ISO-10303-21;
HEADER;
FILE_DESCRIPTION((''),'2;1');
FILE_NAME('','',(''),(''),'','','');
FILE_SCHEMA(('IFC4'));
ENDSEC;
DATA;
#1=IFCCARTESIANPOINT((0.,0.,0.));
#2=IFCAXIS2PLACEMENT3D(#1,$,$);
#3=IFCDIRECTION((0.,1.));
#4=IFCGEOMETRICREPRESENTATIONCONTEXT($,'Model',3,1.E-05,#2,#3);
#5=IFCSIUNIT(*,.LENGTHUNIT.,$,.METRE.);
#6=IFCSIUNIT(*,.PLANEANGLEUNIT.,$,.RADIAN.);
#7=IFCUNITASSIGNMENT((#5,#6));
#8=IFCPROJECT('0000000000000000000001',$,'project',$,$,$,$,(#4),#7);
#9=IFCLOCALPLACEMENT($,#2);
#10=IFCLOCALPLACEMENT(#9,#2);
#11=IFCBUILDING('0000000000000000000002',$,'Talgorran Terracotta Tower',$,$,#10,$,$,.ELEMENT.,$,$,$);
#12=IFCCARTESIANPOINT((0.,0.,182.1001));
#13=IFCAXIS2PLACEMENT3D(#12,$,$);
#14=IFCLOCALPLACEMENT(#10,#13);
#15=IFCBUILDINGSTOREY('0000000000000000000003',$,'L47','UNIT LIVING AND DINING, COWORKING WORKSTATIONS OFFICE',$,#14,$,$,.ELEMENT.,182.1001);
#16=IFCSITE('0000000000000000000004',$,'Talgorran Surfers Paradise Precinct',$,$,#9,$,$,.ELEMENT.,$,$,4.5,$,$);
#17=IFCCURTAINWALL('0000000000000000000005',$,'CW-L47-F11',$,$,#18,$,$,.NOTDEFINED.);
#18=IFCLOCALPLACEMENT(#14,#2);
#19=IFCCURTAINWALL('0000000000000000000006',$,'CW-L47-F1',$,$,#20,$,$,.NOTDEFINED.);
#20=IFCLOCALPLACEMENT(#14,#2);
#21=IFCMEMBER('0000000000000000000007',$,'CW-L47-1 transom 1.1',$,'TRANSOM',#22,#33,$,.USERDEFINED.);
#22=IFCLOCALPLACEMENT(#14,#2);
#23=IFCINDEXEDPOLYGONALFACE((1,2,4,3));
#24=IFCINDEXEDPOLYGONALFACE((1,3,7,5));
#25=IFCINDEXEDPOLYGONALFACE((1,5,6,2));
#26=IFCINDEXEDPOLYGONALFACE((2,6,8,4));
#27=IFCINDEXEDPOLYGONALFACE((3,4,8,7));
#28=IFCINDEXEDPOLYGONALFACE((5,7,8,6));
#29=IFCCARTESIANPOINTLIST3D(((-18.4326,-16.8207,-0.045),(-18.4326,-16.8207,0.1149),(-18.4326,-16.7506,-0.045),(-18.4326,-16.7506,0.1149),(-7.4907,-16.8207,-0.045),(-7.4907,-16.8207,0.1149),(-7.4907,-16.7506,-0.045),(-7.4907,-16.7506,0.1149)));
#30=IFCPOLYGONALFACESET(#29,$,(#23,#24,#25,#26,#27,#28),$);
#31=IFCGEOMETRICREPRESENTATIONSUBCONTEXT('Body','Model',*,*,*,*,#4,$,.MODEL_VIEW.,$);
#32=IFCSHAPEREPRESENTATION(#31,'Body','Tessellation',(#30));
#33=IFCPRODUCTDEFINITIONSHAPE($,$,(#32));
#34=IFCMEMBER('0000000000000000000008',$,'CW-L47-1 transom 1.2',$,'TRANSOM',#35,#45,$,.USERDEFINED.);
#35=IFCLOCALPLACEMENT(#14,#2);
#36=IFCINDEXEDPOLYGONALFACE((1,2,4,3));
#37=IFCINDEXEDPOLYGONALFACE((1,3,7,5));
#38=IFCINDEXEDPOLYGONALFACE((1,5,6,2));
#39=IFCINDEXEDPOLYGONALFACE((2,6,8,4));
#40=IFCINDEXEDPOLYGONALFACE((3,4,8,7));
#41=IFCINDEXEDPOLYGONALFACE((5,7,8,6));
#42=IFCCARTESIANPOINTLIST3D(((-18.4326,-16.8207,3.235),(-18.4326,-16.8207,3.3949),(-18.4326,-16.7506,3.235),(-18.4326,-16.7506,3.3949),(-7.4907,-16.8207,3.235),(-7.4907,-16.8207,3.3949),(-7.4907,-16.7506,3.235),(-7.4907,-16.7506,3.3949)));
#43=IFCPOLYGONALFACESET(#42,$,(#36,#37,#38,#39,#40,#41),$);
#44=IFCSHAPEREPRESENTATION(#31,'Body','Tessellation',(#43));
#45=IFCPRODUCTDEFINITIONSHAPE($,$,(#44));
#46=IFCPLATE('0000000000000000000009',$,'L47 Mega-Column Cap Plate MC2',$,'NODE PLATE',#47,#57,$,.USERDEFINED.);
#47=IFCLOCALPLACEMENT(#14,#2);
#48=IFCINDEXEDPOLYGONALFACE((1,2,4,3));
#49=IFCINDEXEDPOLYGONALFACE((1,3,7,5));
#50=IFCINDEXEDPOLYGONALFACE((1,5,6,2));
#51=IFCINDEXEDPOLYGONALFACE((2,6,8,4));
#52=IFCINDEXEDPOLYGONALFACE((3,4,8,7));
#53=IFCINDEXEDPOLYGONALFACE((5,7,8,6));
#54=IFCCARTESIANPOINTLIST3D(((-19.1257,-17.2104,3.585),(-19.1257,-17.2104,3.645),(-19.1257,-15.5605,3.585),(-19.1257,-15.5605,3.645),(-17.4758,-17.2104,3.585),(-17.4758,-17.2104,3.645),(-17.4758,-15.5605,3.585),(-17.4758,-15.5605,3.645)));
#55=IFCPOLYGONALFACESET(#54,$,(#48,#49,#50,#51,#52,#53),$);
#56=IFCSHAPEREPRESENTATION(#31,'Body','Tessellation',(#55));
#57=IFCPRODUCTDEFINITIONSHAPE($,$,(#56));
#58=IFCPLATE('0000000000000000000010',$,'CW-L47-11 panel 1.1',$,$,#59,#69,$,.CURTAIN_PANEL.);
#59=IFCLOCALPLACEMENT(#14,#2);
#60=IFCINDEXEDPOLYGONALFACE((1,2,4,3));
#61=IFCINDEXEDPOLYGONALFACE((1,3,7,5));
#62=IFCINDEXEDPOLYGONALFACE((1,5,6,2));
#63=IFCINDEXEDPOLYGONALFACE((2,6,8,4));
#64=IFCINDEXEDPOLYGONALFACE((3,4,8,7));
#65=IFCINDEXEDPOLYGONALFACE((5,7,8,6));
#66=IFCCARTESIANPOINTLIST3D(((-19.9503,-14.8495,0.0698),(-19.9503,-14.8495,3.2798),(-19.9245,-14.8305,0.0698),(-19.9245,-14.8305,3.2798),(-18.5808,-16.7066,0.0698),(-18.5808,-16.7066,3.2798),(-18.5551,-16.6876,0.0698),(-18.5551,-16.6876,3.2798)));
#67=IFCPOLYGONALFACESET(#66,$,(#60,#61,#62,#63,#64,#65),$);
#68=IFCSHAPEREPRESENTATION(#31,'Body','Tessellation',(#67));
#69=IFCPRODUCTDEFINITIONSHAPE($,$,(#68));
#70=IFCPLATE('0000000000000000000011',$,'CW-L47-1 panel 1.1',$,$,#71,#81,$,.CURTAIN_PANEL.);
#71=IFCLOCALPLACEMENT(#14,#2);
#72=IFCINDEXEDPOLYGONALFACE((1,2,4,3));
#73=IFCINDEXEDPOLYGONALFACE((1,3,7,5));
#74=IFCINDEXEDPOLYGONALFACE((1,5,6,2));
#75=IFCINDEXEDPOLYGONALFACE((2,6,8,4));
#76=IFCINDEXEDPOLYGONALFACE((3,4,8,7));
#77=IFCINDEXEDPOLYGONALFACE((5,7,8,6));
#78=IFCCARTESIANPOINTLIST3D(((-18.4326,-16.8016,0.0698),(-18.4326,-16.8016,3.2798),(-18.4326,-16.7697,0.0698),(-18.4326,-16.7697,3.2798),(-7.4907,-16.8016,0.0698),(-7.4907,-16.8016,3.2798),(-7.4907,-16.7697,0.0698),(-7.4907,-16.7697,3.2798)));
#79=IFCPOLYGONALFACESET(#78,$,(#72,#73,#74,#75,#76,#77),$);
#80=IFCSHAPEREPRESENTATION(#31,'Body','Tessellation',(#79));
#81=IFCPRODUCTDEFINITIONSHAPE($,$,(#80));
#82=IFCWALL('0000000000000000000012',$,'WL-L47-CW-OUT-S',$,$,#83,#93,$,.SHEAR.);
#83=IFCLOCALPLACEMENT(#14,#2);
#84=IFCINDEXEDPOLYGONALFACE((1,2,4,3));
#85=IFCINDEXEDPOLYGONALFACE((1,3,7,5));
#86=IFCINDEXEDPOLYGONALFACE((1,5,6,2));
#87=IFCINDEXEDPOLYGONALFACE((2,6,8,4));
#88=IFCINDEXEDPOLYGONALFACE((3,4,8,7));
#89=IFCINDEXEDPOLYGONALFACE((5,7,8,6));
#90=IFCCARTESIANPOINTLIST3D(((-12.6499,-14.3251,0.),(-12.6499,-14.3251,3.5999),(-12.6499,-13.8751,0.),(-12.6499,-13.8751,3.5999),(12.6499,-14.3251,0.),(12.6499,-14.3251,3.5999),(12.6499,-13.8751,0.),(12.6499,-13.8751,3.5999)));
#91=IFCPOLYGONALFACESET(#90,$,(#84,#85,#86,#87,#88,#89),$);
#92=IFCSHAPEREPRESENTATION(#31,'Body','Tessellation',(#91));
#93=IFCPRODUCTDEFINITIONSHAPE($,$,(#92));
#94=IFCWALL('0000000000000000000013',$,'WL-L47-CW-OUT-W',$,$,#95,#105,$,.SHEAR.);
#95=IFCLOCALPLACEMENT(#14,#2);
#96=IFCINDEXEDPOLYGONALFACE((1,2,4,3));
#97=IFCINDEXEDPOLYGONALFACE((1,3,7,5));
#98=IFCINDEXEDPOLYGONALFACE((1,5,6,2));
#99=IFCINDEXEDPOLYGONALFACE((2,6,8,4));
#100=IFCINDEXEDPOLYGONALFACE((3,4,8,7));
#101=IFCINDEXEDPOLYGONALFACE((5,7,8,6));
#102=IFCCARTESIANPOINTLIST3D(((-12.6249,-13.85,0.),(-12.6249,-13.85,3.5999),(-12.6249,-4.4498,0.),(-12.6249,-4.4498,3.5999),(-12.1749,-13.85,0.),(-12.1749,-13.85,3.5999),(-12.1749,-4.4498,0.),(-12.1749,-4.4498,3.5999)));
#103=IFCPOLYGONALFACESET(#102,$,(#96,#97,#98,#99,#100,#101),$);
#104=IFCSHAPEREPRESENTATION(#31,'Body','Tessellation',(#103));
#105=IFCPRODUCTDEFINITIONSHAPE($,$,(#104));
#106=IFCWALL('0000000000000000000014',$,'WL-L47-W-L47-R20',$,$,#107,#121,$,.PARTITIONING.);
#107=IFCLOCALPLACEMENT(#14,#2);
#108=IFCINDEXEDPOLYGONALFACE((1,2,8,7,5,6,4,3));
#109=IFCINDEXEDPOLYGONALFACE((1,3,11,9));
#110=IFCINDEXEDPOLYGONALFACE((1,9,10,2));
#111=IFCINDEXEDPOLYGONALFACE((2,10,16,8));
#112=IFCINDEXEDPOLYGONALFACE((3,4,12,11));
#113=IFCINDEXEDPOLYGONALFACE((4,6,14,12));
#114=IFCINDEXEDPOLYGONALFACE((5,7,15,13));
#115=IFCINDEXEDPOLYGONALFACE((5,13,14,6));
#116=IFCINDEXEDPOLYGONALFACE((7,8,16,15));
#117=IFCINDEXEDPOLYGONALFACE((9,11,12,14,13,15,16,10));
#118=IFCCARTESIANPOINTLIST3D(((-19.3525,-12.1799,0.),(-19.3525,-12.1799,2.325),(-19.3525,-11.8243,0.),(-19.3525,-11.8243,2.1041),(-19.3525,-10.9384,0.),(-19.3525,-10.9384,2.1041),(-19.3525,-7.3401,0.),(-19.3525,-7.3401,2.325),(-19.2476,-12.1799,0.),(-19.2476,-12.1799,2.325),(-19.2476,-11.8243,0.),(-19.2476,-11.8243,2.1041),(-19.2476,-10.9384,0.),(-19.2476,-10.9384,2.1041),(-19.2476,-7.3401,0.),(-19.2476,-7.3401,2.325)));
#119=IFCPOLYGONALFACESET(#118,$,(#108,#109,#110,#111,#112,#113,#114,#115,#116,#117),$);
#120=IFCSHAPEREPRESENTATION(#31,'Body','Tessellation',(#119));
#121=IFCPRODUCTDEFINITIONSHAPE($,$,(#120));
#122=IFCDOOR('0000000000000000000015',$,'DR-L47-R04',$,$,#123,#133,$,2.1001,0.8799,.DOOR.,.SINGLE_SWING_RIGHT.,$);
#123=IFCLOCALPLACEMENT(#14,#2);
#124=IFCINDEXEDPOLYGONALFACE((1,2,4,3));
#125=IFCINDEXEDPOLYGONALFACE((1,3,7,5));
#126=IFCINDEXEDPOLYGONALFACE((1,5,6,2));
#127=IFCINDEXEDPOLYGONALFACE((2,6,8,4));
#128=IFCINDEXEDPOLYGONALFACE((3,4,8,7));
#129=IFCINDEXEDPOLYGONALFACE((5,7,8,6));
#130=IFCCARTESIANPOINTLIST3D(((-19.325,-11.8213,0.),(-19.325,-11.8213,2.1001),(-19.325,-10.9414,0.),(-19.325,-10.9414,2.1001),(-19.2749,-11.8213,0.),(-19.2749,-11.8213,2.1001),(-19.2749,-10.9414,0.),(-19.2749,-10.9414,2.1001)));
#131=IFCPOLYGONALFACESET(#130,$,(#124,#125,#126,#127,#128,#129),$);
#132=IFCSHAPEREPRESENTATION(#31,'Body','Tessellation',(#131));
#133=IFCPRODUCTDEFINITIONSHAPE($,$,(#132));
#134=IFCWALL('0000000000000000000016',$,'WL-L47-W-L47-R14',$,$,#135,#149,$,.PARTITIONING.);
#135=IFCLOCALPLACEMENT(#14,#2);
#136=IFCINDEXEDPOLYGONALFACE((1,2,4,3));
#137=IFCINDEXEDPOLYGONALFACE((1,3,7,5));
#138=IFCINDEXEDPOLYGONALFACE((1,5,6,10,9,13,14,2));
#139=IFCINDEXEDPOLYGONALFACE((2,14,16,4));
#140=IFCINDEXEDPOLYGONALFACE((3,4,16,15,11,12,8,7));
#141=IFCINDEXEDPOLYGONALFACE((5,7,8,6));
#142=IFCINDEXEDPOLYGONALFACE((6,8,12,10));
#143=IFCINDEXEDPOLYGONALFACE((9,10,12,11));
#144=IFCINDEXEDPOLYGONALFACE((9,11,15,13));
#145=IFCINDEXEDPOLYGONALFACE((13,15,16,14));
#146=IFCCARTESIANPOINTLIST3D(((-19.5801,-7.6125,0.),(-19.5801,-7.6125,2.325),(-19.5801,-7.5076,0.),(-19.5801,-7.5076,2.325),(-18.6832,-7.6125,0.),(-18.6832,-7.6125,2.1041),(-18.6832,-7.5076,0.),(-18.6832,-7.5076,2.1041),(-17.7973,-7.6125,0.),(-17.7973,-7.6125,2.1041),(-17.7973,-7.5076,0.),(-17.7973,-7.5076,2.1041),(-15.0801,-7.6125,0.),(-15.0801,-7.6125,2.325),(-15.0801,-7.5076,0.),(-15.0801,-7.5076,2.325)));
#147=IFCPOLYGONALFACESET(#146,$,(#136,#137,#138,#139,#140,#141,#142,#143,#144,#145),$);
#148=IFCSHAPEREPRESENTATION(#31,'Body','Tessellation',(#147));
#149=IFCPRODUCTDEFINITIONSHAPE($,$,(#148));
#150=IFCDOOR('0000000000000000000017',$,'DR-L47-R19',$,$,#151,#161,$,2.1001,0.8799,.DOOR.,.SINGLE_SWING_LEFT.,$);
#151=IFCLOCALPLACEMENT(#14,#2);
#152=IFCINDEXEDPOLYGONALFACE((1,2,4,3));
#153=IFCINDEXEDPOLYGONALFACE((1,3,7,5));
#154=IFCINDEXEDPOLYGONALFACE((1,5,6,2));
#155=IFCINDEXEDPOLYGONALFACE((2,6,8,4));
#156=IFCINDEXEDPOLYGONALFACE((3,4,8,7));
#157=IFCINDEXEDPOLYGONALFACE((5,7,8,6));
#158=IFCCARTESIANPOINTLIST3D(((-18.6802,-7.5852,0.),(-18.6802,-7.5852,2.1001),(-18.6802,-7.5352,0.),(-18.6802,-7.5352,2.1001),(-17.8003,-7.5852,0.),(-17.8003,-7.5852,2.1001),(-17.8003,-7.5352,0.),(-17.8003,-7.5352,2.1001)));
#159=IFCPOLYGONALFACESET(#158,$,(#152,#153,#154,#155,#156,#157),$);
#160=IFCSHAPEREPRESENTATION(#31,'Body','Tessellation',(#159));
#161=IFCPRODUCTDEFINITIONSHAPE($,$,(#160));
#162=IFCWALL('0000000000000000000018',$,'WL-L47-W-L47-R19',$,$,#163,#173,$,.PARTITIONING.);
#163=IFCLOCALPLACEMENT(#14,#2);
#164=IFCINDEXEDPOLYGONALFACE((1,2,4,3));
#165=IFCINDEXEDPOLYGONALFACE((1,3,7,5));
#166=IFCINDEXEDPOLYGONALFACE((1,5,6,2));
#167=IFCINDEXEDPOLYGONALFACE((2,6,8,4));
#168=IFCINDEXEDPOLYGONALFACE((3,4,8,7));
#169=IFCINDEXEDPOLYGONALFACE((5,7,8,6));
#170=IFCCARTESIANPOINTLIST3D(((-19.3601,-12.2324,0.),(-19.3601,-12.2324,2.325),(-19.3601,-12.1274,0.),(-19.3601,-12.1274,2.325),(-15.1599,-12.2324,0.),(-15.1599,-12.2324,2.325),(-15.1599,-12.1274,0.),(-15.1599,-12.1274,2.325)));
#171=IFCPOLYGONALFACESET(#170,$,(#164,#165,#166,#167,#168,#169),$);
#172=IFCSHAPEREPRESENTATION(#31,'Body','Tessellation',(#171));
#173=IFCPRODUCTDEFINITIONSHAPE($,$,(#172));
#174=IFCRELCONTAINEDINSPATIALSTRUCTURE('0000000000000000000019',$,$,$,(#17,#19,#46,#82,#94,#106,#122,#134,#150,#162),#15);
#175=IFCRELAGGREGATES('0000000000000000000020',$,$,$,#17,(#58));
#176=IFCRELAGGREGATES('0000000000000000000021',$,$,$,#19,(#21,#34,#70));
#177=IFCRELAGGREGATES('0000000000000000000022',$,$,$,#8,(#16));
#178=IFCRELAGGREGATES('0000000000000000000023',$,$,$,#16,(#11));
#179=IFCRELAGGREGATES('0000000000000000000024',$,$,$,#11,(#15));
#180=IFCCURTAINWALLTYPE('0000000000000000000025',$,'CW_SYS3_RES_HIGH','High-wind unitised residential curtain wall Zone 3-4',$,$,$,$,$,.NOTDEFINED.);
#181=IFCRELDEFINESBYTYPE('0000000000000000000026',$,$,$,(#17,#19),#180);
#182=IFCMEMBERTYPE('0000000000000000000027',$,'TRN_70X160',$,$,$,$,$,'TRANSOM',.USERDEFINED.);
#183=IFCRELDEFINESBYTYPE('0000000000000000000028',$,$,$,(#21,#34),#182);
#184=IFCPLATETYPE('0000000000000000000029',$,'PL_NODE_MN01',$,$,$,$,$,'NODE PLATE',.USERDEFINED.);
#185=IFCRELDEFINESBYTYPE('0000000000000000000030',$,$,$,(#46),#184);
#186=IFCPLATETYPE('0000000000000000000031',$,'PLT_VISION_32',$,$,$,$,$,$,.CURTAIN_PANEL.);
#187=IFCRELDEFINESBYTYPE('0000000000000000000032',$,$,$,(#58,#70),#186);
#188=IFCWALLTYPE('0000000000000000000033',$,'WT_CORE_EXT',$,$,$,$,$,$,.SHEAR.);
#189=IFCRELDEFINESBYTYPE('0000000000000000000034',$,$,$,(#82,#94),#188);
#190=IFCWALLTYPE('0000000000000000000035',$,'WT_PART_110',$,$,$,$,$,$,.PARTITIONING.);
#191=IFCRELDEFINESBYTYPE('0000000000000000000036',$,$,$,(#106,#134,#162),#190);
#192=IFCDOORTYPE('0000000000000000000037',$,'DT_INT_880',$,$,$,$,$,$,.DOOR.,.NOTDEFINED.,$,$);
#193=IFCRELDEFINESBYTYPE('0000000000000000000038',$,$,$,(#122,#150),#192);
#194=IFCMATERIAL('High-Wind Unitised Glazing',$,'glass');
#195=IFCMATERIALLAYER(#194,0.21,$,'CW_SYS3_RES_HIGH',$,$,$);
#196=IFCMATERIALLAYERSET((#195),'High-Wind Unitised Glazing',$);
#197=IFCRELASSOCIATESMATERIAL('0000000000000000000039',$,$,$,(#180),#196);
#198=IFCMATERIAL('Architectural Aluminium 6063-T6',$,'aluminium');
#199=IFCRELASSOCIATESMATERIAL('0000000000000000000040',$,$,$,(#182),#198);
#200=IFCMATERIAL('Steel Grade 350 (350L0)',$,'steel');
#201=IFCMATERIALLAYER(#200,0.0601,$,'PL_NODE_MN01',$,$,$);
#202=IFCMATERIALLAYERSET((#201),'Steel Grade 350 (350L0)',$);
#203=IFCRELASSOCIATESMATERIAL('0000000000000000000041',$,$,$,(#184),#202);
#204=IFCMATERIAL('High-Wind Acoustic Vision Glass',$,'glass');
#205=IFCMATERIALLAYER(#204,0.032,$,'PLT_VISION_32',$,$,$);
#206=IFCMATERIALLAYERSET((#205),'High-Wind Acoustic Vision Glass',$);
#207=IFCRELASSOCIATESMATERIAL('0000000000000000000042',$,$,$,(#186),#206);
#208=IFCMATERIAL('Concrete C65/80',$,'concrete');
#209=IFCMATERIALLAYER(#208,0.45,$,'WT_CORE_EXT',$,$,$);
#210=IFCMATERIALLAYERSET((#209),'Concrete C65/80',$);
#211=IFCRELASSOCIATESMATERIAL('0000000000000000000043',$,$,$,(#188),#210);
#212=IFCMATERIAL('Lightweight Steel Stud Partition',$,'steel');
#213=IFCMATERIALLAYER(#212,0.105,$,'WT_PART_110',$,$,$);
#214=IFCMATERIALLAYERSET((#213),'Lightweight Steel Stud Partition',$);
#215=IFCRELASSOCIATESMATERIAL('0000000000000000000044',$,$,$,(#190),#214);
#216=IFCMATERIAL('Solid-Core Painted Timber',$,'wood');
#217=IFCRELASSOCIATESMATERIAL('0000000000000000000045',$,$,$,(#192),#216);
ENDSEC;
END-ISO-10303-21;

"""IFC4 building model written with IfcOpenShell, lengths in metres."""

from ifc_helpers import new_model, si_unit, direction, frame, frame_2d, origin, origin_2d, place, context, subcontext, project, spatial, rectangle, extrude, source, transform, mapped, material, layer, layer_set, material_profile, profile_set, type_object, type_shapes, element, fill, aggregate, save


model = new_model("IFC4")

# Units and contexts
model_context = context("Model", 3, precision=1e-05, world=origin(), true_north=direction((0.0, 1.0)))
body_context = subcontext(model_context, "Body", "Model", "MODEL_VIEW")
ifc_project = project(units=[si_unit("LENGTHUNIT", "METRE"), si_unit("PLANEANGLEUNIT", "RADIAN")], contexts=[model_context])

# Site, building, storey
site_placement = place(None, origin())
site = spatial("IfcSite", under=ifc_project, at=site_placement, Name="Talgorran Surfers Paradise Precinct", CompositionType="ELEMENT", RefElevation=4.5)
building_placement = place(site_placement, origin())
building = spatial("IfcBuilding", under=site, at=building_placement, Name="Talgorran Terracotta Tower", CompositionType="ELEMENT")
storey_placement = place(building_placement, frame((0.0, 0.0, 182.1001)))
storey = spatial("IfcBuildingStorey", under=building, at=storey_placement, Name="L47", Description="UNIT LIVING AND DINING, COWORKING WORKSTATIONS OFFICE", CompositionType="ELEMENT", Elevation=182.1001)

# Shared definitions
ifc_material_1 = material(Name="Steel Grade 350 (350L0)", Category="steel")

# Curtain wall
ifc_material_2 = material(Name="High-Wind Unitised Glazing", Category="glass")
ifc_layer_1 = layer(ifc_material_2, 0.21, Name="CW_SYS3_RES_HIGH")
ifc_layer_set_1 = layer_set([ifc_layer_1], Name="High-Wind Unitised Glazing")
curtain_wall_type = type_object("IfcCurtainWallType", Name="CW_SYS3_RES_HIGH", Description="High-wind unitised residential curtain wall Zone 3-4", PredefinedType="NOTDEFINED", material=ifc_layer_set_1)
curtain_wall_1_placement = place(storey_placement, origin())
curtain_wall_1 = element("IfcCurtainWall", 1, at=curtain_wall_1_placement, inside=storey, type_object=curtain_wall_type, Name="CW-L47-F11", PredefinedType="NOTDEFINED")
ifc_material_3 = material(Name="Architectural Aluminium 6063-T6", Category="aluminium")

# Curtain wall, members
curtain_wall_2_placement = place(storey_placement, origin())
curtain_wall_2 = element("IfcCurtainWall", 2, at=curtain_wall_2_placement, inside=storey, type_object=curtain_wall_type, Name="CW-L47-F1", PredefinedType="NOTDEFINED")
ifc_material_profile_1 = material_profile(ifc_material_3, rectangle(XDim=0.0701, YDim=0.1599, at=origin_2d()), Name="CWT70X160")
ifc_profile_set_1 = profile_set([ifc_material_profile_1], Name="Architectural Aluminium 6063-T6")
member_type_1 = type_object("IfcMemberType", Name="TRN_70X160", ElementType="TRANSOM", PredefinedType="USERDEFINED", material=ifc_profile_set_1)
member_1_placement = place(storey_placement, frame((-18.4326, -16.7856, 0.0349), z_axis=(1.0, 0.0, 0.0), x_axis=(0.0, 1.0, 0.0)))
member_1 = element("IfcMember", 3, at=member_1_placement, type_object=member_type_1, Name="CW-L47-1 transom 1.1", ObjectType="TRANSOM", PredefinedType="USERDEFINED", context=body_context, shape_type="SweptSolid", body=[
    extrude(rectangle(XDim=0.0701, YDim=0.1599, at=origin_2d()), origin(), (0.0, 0.0, 1.0), 10.9419),
])
member_2_placement = place(storey_placement, frame((-18.4326, -16.7856, 3.3149), z_axis=(1.0, 0.0, 0.0), x_axis=(0.0, 1.0, 0.0)))
member_2 = element("IfcMember", 4, at=member_2_placement, type_object=member_type_1, Name="CW-L47-1 transom 1.2", ObjectType="TRANSOM", PredefinedType="USERDEFINED", context=body_context, shape_type="SweptSolid", body=[
    extrude(rectangle(XDim=0.0701, YDim=0.1599, at=origin_2d()), origin(), (0.0, 0.0, 1.0), 10.9419),
])

# Plates
ifc_layer_2 = layer(ifc_material_1, 0.0601, Name="PL_NODE_MN01")
ifc_layer_set_2 = layer_set([ifc_layer_2], Name="Steel Grade 350 (350L0)")
plate_type_1 = type_object("IfcPlateType", Name="PL_NODE_MN01", ElementType="NODE PLATE", PredefinedType="USERDEFINED", material=ifc_layer_set_2)
plate_1_placement = place(storey_placement, frame((-18.3008, -16.3855, 3.585), z_axis=(0.0, 0.0, 1.0), x_axis=(1.0, 0.0, 0.0)))
element("IfcPlate", 5, at=plate_1_placement, inside=storey, type_object=plate_type_1, Name="L47 Mega-Column Cap Plate MC2", ObjectType="NODE PLATE", PredefinedType="USERDEFINED", context=body_context, shape_type="SweptSolid", body=[
    extrude(rectangle(XDim=1.6499, YDim=1.6499, at=origin_2d()), origin(), (0.0, 0.0, 1.0), 0.0601),
])
ifc_material_4 = material(Name="High-Wind Acoustic Vision Glass", Category="glass")
ifc_layer_3 = layer(ifc_material_4, 0.032, Name="PLT_VISION_32")
ifc_layer_set_3 = layer_set([ifc_layer_3], Name="High-Wind Acoustic Vision Glass")
plate_type_2 = type_object("IfcPlateType", Name="PLT_VISION_32", PredefinedType="CURTAIN_PANEL", material=ifc_layer_set_3)
shared_shape_1 = source(origin(), body_context, "Body", "SweptSolid", [
    extrude(rectangle(XDim=2.3074, YDim=0.032, at=origin_2d()), origin(), (0.0, 0.0, 1.0), 3.21),
])
plate_2_placement = place(storey_placement, frame((-19.2527, -15.7686, 0.0698), z_axis=(0.0, 0.0, 1.0), x_axis=(0.593501, -0.804833, 0.0)))
plate_2 = element("IfcPlate", 6, at=plate_2_placement, type_object=plate_type_2, Name="CW-L47-11 panel 1.1", PredefinedType="CURTAIN_PANEL", context=body_context, shape_type="MappedRepresentation", body=[
    mapped(shared_shape_1, transform((0.0, 0.0, 0.0), scale=1.0)),
])
aggregate(curtain_wall_1, [plate_2])
shared_shape_2 = source(origin(), body_context, "Body", "SweptSolid", [
    extrude(rectangle(XDim=10.9419, YDim=0.032, at=origin_2d()), origin(), (0.0, 0.0, 1.0), 3.21),
])
type_shapes(plate_type_2, [shared_shape_1, shared_shape_2])
plate_3_placement = place(storey_placement, frame((-12.9617, -16.7856, 0.0698), z_axis=(0.0, 0.0, 1.0), x_axis=(1.0, 0.0, 0.0)))
plate_3 = element("IfcPlate", 7, at=plate_3_placement, type_object=plate_type_2, Name="CW-L47-1 panel 1.1", PredefinedType="CURTAIN_PANEL", context=body_context, shape_type="MappedRepresentation", body=[
    mapped(shared_shape_2, transform((0.0, 0.0, 0.0), scale=1.0)),
])
aggregate(curtain_wall_2, [member_1, member_2, plate_3])

# Walls
ifc_material_5 = material(Name="Concrete C65/80", Category="concrete")
ifc_layer_4 = layer(ifc_material_5, 0.45, Name="WT_CORE_EXT")
ifc_layer_set_4 = layer_set([ifc_layer_4], Name="Concrete C65/80")
wall_type_1 = type_object("IfcWallType", Name="WT_CORE_EXT", PredefinedType="SHEAR", material=ifc_layer_set_4)
wall_1_placement = place(storey_placement, frame((-12.6499, -14.1001, 0.0), z_axis=(0.0, 0.0, 1.0), x_axis=(1.0, 0.0, 0.0)))
element("IfcWall", 8, at=wall_1_placement, inside=storey, type_object=wall_type_1, Name="WL-L47-CW-OUT-S", PredefinedType="SHEAR", context=body_context, shape_type="SweptSolid", body=[
    extrude(rectangle(XDim=25.2998, YDim=0.45, at=frame_2d((12.6499, 0.0))), origin(), (0.0, 0.0, 1.0), 3.5999),
])
wall_2_placement = place(storey_placement, frame((-12.3999, -13.8501, 0.0), z_axis=(0.0, 0.0, 1.0), x_axis=(0.0, 1.0, 0.0)))
element("IfcWall", 9, at=wall_2_placement, inside=storey, type_object=wall_type_1, Name="WL-L47-CW-OUT-W", PredefinedType="SHEAR", context=body_context, shape_type="SweptSolid", body=[
    extrude(rectangle(XDim=9.4001, YDim=0.45, at=frame_2d((4.7002, 0.0))), origin(), (0.0, 0.0, 1.0), 3.5999),
])

# Walls, openings, doors
ifc_material_6 = material(Name="Lightweight Steel Stud Partition", Category="steel")
ifc_layer_5 = layer(ifc_material_6, 0.105, Name="WT_PART_110")
ifc_layer_set_5 = layer_set([ifc_layer_5], Name="Lightweight Steel Stud Partition")
wall_type_2 = type_object("IfcWallType", Name="WT_PART_110", PredefinedType="PARTITIONING", material=ifc_layer_set_5)
wall_3_placement = place(storey_placement, frame((-19.3, -12.1799, 0.0), z_axis=(0.0, 0.0, 1.0), x_axis=(0.0, 1.0, 0.0)))
wall_3 = element("IfcWall", 10, at=wall_3_placement, inside=storey, type_object=wall_type_2, Name="WL-L47-W-L47-R20", PredefinedType="PARTITIONING", context=body_context, shape_type="SweptSolid", body=[
    extrude(rectangle(XDim=4.8398, YDim=0.105, at=frame_2d((2.4199, 0.0))), origin(), (0.0, 0.0, 1.0), 2.325),
])
opening_1_placement = place(wall_3_placement, frame((0.3586, 0.0, 0.0)))
opening_1 = element("IfcOpeningElement", 11, at=opening_1_placement, cuts=wall_3, PredefinedType="OPENING", context=body_context, shape_type="SweptSolid", body=[
    extrude(rectangle(XDim=0.8859, YDim=2.1041, at=frame_2d((0.4399, 1.052))), frame((0.0, 0.0625, 0.0), z_axis=(0.0, -1.0, 0.0), x_axis=(1.0, 0.0, 0.0)), (0.0, 0.0, 1.0), 0.125),
])
ifc_material_7 = material(Name="Solid-Core Painted Timber", Category="wood")
door_type_1 = type_object("IfcDoorType", Name="DT_INT_880", OperationType="NOTDEFINED", PredefinedType="DOOR", material=ifc_material_7)
door_1_placement = place(opening_1_placement, origin())
door_1 = element("IfcDoor", 12, at=door_1_placement, inside=storey, type_object=door_type_1, Name="DR-L47-R04", OperationType="SINGLE_SWING_RIGHT", OverallHeight=2.1001, OverallWidth=0.8799, PredefinedType="DOOR", context=body_context, shape_type="SweptSolid", body=[
    extrude(rectangle(XDim=0.8799, YDim=2.1001, at=frame_2d((0.4399, 1.05))), frame((0.0, 0.0249, 0.0), z_axis=(0.0, -1.0, 0.0), x_axis=(1.0, 0.0, 0.0)), (0.0, 0.0, 1.0), 0.05),
])
fill(opening_1, door_1)
wall_4_placement = place(storey_placement, frame((-19.5801, -7.5601, 0.0), z_axis=(0.0, 0.0, 1.0), x_axis=(1.0, 0.0, 0.0)))
wall_4 = element("IfcWall", 13, at=wall_4_placement, inside=storey, type_object=wall_type_2, Name="WL-L47-W-L47-R14", PredefinedType="PARTITIONING", context=body_context, shape_type="SweptSolid", body=[
    extrude(rectangle(XDim=4.5, YDim=0.105, at=frame_2d((2.25, 0.0))), origin(), (0.0, 0.0, 1.0), 2.325),
])
opening_2_placement = place(wall_4_placement, frame((0.8999, 0.0, 0.0)))
opening_2 = element("IfcOpeningElement", 14, at=opening_2_placement, cuts=wall_4, PredefinedType="OPENING", context=body_context, shape_type="SweptSolid", body=[
    extrude(rectangle(XDim=0.8859, YDim=2.1041, at=frame_2d((0.4399, 1.052))), frame((0.0, 0.0625, 0.0), z_axis=(0.0, -1.0, 0.0), x_axis=(1.0, 0.0, 0.0)), (0.0, 0.0, 1.0), 0.125),
])
door_2_placement = place(opening_2_placement, origin())
door_2 = element("IfcDoor", 15, at=door_2_placement, inside=storey, type_object=door_type_1, Name="DR-L47-R19", OperationType="SINGLE_SWING_LEFT", OverallHeight=2.1001, OverallWidth=0.8799, PredefinedType="DOOR", context=body_context, shape_type="SweptSolid", body=[
    extrude(rectangle(XDim=0.8799, YDim=2.1001, at=frame_2d((0.4399, 1.05))), frame((0.0, 0.0249, 0.0), z_axis=(0.0, -1.0, 0.0), x_axis=(1.0, 0.0, 0.0)), (0.0, 0.0, 1.0), 0.05),
])
fill(opening_2, door_2)

# Wall
wall_5_placement = place(storey_placement, frame((-19.3601, -12.1799, 0.0), z_axis=(0.0, 0.0, 1.0), x_axis=(1.0, 0.0, 0.0)))
element("IfcWall", 16, at=wall_5_placement, inside=storey, type_object=wall_type_2, Name="WL-L47-W-L47-R19", PredefinedType="PARTITIONING", context=body_context, shape_type="SweptSolid", body=[
    extrude(rectangle(XDim=4.2002, YDim=0.105, at=frame_2d((2.1001, 0.0))), origin(), (0.0, 0.0, 1.0), 2.325),
])

save(model, "model.ifc")
